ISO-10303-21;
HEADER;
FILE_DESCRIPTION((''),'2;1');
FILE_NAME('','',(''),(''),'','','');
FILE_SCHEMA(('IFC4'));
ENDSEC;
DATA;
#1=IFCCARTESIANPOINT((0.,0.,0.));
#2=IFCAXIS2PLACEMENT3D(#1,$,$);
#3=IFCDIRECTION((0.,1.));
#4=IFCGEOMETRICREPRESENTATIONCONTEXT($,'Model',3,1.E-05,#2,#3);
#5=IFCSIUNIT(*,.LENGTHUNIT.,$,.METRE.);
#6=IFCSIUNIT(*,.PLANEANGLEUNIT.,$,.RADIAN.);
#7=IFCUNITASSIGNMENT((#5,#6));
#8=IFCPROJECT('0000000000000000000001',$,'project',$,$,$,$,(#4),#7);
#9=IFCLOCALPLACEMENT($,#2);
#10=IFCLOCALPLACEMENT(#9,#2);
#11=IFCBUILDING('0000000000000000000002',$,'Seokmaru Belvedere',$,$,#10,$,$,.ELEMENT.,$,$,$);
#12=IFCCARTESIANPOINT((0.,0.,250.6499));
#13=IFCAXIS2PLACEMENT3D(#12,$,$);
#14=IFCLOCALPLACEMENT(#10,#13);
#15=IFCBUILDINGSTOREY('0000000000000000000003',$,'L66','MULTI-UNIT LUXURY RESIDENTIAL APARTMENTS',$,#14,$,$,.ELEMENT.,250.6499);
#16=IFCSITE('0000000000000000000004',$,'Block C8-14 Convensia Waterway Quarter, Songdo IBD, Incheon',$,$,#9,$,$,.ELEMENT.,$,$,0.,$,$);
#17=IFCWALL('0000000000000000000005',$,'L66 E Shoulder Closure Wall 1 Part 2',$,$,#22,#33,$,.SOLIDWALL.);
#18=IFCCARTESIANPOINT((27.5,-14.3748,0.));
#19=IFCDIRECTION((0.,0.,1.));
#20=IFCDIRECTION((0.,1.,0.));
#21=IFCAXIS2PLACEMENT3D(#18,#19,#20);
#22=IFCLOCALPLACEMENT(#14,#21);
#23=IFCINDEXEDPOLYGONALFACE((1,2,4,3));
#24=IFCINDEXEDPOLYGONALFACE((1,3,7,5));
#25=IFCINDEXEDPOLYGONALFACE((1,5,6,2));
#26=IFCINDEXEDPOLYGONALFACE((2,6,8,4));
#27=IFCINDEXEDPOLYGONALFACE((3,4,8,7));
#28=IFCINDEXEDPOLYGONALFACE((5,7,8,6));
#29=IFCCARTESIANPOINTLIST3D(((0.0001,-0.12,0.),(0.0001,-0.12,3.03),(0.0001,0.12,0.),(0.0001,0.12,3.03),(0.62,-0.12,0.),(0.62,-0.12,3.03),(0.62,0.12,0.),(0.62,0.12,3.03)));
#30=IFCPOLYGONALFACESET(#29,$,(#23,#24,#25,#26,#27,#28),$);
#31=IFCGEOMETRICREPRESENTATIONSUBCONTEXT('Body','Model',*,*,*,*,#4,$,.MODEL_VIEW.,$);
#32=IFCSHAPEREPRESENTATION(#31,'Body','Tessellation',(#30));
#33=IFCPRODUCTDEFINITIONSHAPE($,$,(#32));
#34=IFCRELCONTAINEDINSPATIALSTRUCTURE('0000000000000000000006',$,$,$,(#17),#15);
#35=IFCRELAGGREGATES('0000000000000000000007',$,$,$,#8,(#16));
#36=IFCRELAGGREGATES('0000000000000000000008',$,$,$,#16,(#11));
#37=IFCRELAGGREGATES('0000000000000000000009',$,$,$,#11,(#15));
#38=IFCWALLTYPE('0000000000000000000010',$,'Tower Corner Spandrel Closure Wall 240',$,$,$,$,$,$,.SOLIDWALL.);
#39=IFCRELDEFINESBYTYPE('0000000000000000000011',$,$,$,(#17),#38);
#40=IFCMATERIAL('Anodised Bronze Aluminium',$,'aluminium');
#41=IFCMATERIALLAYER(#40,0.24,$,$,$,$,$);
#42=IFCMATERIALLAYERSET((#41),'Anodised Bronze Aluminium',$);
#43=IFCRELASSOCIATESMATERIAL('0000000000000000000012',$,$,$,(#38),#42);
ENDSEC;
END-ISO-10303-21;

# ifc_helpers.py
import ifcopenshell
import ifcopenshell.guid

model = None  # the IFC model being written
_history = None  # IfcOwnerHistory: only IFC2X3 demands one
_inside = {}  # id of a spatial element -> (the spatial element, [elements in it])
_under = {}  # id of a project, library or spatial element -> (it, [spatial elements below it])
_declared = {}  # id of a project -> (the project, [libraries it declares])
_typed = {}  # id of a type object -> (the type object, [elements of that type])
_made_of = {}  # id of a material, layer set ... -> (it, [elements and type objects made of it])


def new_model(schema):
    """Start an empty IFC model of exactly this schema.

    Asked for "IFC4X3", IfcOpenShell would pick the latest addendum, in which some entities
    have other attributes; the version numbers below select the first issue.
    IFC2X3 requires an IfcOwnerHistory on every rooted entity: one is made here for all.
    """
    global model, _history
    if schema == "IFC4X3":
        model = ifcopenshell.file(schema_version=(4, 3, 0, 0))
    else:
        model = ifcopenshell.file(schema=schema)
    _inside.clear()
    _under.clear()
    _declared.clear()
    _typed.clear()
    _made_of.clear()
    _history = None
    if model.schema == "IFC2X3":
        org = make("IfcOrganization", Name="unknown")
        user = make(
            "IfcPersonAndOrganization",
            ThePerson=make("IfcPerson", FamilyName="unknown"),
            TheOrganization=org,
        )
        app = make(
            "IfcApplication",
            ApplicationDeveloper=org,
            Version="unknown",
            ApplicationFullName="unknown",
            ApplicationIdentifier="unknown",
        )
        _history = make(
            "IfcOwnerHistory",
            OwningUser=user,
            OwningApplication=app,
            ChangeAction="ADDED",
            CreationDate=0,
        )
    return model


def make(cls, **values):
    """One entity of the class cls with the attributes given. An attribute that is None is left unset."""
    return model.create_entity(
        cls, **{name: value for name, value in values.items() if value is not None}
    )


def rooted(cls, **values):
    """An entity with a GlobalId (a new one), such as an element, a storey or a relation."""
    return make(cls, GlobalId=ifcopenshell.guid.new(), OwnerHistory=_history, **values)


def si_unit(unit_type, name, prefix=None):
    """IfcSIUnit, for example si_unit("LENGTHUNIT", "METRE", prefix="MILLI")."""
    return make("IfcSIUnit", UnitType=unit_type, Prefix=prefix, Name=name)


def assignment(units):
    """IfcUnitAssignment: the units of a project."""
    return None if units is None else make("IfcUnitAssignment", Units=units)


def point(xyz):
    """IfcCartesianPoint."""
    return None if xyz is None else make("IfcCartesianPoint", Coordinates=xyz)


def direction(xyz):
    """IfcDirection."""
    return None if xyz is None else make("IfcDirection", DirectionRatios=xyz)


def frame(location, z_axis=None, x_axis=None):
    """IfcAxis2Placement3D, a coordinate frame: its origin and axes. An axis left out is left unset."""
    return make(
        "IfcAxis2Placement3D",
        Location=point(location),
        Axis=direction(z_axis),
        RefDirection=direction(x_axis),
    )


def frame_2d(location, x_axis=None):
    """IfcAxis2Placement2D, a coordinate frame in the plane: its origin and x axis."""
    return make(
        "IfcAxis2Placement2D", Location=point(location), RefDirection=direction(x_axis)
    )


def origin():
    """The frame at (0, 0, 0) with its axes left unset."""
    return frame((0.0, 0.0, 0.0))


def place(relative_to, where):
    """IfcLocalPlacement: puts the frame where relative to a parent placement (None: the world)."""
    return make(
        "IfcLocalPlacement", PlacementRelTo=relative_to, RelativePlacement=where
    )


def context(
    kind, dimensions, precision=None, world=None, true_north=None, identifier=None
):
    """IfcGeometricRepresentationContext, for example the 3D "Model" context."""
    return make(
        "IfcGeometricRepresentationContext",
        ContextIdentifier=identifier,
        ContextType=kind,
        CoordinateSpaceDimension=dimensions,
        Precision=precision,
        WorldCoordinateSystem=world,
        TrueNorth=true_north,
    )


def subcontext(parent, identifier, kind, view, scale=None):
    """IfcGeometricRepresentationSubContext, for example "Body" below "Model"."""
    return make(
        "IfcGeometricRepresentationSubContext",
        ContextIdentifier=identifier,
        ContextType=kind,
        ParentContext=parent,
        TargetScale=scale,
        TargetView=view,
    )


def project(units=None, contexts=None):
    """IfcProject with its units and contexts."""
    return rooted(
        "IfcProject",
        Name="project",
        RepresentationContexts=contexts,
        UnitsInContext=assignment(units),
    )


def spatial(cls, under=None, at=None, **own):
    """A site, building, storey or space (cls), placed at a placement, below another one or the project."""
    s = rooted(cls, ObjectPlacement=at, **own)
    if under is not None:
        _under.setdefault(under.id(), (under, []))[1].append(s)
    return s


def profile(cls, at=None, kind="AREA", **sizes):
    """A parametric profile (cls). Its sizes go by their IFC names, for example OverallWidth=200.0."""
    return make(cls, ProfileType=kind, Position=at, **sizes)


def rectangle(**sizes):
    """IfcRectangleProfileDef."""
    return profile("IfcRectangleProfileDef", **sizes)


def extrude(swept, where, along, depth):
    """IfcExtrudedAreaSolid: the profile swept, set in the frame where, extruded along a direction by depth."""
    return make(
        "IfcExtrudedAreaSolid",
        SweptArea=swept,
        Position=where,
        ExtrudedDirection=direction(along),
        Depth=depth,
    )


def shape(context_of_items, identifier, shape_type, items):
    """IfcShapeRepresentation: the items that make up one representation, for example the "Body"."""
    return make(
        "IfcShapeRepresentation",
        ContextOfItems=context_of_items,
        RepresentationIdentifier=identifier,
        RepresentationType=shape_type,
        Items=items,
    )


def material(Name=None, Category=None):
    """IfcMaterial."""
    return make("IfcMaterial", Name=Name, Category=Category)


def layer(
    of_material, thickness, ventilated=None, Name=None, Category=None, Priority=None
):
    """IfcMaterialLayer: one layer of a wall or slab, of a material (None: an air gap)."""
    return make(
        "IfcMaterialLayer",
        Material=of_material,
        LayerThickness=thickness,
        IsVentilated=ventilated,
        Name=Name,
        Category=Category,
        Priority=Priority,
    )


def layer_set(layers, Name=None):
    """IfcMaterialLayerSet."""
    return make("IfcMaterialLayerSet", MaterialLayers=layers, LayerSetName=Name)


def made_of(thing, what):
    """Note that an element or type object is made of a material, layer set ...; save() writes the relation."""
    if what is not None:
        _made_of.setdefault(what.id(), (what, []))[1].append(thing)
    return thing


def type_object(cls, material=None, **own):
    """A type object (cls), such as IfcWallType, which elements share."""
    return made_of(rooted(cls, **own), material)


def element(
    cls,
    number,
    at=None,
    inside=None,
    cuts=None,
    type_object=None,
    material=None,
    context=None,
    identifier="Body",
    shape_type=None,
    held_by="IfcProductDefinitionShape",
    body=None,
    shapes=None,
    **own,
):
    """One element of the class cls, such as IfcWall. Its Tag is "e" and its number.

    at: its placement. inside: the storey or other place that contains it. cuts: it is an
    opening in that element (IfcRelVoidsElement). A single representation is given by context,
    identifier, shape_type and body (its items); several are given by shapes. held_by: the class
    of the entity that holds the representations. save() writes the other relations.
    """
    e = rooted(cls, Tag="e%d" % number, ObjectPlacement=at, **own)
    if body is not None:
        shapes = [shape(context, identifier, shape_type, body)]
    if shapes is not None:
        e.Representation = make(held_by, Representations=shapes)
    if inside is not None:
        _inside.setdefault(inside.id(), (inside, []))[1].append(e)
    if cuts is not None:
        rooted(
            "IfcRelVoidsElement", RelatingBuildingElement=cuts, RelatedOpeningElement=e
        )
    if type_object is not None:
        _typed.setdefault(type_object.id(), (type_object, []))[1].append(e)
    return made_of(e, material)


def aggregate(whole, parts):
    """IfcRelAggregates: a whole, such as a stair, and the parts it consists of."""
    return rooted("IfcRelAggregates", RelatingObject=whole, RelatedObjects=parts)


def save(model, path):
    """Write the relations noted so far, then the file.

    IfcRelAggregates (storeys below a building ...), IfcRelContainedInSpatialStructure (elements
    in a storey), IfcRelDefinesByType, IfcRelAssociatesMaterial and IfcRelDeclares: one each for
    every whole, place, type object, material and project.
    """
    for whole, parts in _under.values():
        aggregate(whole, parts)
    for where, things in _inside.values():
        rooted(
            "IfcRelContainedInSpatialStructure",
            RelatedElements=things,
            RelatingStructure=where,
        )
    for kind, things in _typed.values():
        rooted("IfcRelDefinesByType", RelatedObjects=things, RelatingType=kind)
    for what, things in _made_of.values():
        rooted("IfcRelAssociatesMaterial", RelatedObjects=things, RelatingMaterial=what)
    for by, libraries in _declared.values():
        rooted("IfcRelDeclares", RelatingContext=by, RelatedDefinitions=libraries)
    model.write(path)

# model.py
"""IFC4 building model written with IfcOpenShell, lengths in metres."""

from ifc_helpers import new_model, si_unit, direction, frame, frame_2d, origin, place, context, subcontext, project, spatial, rectangle, extrude, material, layer, layer_set, type_object, element, save


model = new_model("IFC4")

# Units and contexts
model_context = context("Model", 3, precision=1e-05, world=origin(), true_north=direction((0.0, 1.0)))
body_context = subcontext(model_context, "Body", "Model", "MODEL_VIEW")
ifc_project = project(units=[si_unit("LENGTHUNIT", "METRE"), si_unit("PLANEANGLEUNIT", "RADIAN")], contexts=[model_context])

# Site, building, storey
site_placement = place(None, origin())
site = spatial("IfcSite", under=ifc_project, at=site_placement, Name="Block C8-14 Convensia Waterway Quarter, Songdo IBD, Incheon", CompositionType="ELEMENT", RefElevation=0.0)
building_placement = place(site_placement, origin())
building = spatial("IfcBuilding", under=site, at=building_placement, Name="Seokmaru Belvedere", CompositionType="ELEMENT")
storey_placement = place(building_placement, frame((0.0, 0.0, 250.6499)))
storey = spatial("IfcBuildingStorey", under=building, at=storey_placement, Name="L66", Description="MULTI-UNIT LUXURY RESIDENTIAL APARTMENTS", CompositionType="ELEMENT", Elevation=250.6499)

# Shared definitions
ifc_material_1 = material(Name="Anodised Bronze Aluminium", Category="aluminium")

# Wall
ifc_layer_1 = layer(ifc_material_1, 0.24)
ifc_layer_set_1 = layer_set([ifc_layer_1], Name="Anodised Bronze Aluminium")
wall_type_1 = type_object("IfcWallType", Name="Tower Corner Spandrel Closure Wall 240", PredefinedType="SOLIDWALL", material=ifc_layer_set_1)
wall_1_placement = place(storey_placement, frame((27.5, -14.3748, 0.0), z_axis=(0.0, 0.0, 1.0), x_axis=(0.0, 1.0, 0.0)))
element("IfcWall", 1, at=wall_1_placement, inside=storey, type_object=wall_type_1, Name="L66 E Shoulder Closure Wall 1 Part 2", PredefinedType="SOLIDWALL", context=body_context, shape_type="SweptSolid", body=[
    extrude(rectangle(XDim=0.6199, YDim=0.24, at=frame_2d((0.3101, 0.0))), origin(), (0.0, 0.0, 1.0), 3.03),
])

save(model, "model.ifc")
